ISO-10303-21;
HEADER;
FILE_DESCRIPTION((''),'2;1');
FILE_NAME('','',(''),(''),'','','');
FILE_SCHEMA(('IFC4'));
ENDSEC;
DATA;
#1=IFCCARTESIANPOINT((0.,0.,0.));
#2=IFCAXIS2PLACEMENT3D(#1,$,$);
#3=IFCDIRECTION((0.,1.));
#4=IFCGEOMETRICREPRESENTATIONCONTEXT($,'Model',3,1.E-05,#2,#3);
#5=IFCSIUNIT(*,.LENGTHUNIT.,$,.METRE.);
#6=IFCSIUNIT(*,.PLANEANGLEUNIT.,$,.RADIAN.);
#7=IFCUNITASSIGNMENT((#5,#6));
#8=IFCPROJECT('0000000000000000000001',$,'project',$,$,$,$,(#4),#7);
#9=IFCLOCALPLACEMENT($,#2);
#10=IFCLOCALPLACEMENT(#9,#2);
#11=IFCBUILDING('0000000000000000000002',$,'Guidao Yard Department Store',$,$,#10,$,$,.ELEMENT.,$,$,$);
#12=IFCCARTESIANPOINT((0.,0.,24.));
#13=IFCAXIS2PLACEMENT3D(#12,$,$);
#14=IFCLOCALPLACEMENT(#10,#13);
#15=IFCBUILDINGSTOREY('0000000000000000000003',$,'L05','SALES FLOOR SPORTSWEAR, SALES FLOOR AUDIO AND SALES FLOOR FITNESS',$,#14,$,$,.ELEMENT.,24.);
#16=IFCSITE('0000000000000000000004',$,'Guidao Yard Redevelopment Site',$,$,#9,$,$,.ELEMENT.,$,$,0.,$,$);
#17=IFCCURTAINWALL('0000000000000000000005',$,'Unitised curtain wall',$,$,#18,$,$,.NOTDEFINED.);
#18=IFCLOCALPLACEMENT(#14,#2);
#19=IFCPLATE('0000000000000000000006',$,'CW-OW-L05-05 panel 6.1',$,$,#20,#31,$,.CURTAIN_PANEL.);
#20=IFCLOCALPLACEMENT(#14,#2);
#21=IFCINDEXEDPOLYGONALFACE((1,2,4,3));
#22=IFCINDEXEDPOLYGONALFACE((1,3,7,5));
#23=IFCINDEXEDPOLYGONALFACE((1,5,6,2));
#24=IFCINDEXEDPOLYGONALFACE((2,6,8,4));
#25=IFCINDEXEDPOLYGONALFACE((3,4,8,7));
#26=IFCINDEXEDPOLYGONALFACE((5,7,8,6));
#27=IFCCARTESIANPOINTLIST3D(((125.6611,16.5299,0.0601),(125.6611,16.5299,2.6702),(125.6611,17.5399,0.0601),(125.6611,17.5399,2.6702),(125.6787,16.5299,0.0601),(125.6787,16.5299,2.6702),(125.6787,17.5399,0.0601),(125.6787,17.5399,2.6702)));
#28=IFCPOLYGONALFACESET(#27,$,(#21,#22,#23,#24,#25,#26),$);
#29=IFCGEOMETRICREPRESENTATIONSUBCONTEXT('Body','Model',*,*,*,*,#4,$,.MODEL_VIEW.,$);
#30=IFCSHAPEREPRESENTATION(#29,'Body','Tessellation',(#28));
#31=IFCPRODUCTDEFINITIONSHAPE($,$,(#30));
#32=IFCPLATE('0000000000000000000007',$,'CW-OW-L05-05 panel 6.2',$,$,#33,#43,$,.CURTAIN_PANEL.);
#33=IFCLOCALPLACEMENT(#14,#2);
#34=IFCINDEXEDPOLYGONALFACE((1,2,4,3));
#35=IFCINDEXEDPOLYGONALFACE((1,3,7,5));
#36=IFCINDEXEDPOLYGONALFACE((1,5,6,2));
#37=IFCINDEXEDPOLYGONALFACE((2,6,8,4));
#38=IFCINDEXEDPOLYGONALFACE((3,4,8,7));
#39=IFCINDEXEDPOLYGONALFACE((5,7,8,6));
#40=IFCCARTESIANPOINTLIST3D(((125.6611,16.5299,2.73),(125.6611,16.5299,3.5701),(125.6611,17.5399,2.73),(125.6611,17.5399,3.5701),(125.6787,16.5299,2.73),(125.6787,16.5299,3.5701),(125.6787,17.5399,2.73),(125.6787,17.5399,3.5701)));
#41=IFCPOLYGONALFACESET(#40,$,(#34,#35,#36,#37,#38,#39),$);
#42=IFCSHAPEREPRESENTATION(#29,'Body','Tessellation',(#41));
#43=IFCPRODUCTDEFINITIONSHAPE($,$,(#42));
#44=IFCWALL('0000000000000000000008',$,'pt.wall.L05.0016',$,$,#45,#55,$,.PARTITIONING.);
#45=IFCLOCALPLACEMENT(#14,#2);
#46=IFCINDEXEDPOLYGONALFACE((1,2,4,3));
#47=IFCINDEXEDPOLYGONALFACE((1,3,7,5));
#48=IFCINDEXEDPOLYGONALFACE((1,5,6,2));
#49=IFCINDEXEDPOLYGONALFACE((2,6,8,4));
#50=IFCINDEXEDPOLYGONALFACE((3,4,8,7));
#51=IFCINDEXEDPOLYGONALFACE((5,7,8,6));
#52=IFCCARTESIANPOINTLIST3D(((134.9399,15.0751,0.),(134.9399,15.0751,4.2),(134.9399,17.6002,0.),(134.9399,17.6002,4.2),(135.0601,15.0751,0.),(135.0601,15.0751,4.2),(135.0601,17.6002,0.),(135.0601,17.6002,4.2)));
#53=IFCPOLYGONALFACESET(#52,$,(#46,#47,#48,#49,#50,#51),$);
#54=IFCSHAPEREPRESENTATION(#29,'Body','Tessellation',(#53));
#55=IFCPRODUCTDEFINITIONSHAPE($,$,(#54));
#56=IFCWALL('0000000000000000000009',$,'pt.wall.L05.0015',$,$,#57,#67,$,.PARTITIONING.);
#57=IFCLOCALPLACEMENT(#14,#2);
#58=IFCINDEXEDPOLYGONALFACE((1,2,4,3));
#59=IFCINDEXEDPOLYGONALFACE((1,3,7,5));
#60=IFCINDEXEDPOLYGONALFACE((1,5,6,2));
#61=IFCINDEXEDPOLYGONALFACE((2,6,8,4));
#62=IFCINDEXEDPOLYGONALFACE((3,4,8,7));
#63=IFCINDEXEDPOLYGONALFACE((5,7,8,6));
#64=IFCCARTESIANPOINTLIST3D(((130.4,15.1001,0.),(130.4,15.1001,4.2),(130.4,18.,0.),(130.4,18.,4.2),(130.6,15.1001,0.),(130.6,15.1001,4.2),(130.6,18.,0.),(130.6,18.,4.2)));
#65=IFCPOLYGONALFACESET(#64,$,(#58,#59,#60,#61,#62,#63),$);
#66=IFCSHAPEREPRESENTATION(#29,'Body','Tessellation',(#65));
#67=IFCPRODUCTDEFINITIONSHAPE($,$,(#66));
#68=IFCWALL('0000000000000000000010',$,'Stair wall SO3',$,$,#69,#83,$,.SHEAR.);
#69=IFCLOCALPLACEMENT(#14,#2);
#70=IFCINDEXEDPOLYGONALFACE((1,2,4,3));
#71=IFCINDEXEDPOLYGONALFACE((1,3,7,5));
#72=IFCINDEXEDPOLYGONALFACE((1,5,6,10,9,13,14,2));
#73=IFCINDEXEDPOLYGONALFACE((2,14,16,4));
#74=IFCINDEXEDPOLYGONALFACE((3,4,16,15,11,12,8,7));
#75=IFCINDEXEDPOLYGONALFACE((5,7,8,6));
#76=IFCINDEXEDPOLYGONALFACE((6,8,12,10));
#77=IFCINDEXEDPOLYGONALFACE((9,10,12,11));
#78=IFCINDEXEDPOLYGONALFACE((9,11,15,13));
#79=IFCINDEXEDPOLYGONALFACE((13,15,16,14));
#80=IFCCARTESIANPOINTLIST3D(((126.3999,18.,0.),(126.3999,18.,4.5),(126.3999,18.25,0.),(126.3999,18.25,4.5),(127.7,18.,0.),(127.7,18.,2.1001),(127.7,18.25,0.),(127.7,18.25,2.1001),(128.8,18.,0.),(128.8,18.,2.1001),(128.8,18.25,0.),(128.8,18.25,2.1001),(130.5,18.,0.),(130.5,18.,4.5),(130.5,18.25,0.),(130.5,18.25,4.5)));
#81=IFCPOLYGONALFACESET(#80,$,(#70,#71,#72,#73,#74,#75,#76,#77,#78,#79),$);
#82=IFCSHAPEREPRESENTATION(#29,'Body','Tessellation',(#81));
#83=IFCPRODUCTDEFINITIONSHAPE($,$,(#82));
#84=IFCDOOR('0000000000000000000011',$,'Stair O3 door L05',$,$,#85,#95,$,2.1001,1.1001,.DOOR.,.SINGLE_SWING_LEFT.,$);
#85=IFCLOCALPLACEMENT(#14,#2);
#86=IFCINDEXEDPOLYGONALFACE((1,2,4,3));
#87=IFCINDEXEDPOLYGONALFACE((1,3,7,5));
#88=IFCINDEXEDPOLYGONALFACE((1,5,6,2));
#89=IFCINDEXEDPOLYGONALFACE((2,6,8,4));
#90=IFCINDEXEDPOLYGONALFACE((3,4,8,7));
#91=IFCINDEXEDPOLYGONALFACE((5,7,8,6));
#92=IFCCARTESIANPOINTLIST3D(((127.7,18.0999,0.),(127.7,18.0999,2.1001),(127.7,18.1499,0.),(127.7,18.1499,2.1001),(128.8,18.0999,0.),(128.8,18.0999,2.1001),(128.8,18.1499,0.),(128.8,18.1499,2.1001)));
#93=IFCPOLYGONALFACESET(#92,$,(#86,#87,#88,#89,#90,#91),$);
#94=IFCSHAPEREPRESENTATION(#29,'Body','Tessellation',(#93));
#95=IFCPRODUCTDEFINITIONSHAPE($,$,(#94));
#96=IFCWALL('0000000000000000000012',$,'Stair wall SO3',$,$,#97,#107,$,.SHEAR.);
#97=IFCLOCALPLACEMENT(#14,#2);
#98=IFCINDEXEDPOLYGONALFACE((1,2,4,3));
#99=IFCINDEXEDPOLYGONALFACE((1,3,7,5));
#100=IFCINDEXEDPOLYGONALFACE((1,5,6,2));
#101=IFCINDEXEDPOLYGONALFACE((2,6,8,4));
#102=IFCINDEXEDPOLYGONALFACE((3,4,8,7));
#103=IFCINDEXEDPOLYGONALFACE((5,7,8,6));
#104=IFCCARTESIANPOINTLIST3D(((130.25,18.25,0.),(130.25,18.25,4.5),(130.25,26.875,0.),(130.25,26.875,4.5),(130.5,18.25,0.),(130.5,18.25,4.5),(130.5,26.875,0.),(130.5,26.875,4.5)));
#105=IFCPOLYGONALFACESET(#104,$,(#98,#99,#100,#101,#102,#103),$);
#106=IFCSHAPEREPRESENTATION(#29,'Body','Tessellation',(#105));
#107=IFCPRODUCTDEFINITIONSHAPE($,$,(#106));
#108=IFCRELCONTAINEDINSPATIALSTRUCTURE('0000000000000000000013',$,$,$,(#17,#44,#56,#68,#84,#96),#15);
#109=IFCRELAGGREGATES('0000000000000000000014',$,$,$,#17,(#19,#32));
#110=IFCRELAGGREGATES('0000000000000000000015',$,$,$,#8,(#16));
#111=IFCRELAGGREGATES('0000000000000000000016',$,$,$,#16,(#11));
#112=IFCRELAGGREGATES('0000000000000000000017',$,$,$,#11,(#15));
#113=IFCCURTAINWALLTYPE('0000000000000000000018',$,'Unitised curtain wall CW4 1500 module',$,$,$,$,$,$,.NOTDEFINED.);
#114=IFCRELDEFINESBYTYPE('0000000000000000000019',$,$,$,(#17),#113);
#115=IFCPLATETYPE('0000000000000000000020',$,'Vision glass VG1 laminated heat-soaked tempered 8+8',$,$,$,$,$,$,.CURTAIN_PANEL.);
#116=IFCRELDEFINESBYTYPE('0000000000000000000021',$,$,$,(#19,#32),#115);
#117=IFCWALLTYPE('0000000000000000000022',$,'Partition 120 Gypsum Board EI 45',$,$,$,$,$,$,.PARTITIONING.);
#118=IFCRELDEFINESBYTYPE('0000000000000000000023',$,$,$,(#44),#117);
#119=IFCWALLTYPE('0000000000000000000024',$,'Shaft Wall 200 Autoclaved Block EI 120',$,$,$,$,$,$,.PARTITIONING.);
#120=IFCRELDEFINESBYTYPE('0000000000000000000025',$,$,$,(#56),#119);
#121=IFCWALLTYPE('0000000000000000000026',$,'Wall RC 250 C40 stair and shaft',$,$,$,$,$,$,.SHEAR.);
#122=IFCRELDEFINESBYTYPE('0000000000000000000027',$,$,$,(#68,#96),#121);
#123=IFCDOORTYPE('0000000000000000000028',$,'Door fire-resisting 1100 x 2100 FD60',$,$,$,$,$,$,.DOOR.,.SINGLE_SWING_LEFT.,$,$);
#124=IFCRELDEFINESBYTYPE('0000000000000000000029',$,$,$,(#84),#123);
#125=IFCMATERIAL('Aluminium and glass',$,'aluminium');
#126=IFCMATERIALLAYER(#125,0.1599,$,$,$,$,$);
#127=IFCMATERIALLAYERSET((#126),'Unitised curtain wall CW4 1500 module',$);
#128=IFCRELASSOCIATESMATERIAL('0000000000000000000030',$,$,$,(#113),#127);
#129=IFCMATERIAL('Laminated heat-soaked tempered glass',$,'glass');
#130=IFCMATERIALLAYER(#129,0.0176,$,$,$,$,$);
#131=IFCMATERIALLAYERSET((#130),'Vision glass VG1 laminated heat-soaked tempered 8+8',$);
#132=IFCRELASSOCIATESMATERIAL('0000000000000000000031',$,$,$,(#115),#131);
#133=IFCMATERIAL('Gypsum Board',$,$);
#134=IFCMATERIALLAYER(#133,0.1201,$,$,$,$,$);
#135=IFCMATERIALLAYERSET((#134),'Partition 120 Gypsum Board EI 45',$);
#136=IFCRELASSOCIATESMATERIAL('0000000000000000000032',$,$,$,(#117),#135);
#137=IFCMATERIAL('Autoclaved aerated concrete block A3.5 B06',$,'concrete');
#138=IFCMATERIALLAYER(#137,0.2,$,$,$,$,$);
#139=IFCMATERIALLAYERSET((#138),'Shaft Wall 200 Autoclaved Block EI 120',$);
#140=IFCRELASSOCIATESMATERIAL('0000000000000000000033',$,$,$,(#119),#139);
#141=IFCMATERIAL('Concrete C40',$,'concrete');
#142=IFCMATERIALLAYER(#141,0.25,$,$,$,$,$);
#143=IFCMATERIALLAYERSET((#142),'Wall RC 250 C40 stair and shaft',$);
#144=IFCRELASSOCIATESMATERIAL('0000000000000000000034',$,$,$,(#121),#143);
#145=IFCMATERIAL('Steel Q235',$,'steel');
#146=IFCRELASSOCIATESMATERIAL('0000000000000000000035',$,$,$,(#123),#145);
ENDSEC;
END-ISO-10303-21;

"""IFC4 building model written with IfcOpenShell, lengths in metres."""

from ifc_helpers import new_model, si_unit, direction, frame, frame_2d, origin, origin_2d, place, context, subcontext, project, spatial, rectangle, extrude, material, layer, layer_set, type_object, element, fill, aggregate, save


model = new_model("IFC4")

# Units and contexts
model_context = context("Model", 3, precision=1e-05, world=origin(), true_north=direction((0.0, 1.0)))
body_context = subcontext(model_context, "Body", "Model", "MODEL_VIEW")
ifc_project = project(units=[si_unit("LENGTHUNIT", "METRE"), si_unit("PLANEANGLEUNIT", "RADIAN")], contexts=[model_context])

# Site, building, storey
site_placement = place(None, origin())
site = spatial("IfcSite", under=ifc_project, at=site_placement, Name="Guidao Yard Redevelopment Site", CompositionType="ELEMENT", RefElevation=0.0)
building_placement = place(site_placement, origin())
building = spatial("IfcBuilding", under=site, at=building_placement, Name="Guidao Yard Department Store", CompositionType="ELEMENT")
storey_placement = place(building_placement, frame((0.0, 0.0, 24.0)))
storey = spatial("IfcBuildingStorey", under=building, at=storey_placement, Name="L05", Description="SALES FLOOR SPORTSWEAR, SALES FLOOR AUDIO AND SALES FLOOR FITNESS", CompositionType="ELEMENT", Elevation=24.0)

# Curtain wall, plates
ifc_material_1 = material(Name="Aluminium and glass", Category="aluminium")
ifc_layer_1 = layer(ifc_material_1, 0.1599)
ifc_layer_set_1 = layer_set([ifc_layer_1], Name="Unitised curtain wall CW4 1500 module")
curtain_wall_type = type_object("IfcCurtainWallType", Name="Unitised curtain wall CW4 1500 module", PredefinedType="NOTDEFINED", material=ifc_layer_set_1)
curtain_wall_placement = place(storey_placement, origin())
curtain_wall = element("IfcCurtainWall", 1, at=curtain_wall_placement, inside=storey, type_object=curtain_wall_type, Name="Unitised curtain wall", PredefinedType="NOTDEFINED")
ifc_material_2 = material(Name="Laminated heat-soaked tempered glass", Category="glass")
ifc_layer_2 = layer(ifc_material_2, 0.0176)
ifc_layer_set_2 = layer_set([ifc_layer_2], Name="Vision glass VG1 laminated heat-soaked tempered 8+8")
plate_type_1 = type_object("IfcPlateType", Name="Vision glass VG1 laminated heat-soaked tempered 8+8", PredefinedType="CURTAIN_PANEL", material=ifc_layer_set_2)
plate_1_placement = place(storey_placement, frame((125.6699, 17.0349, 0.0601), z_axis=(0.0, 0.0, 1.0), x_axis=(0.0, 1.0, 0.0)))
plate_1 = element("IfcPlate", 2, at=plate_1_placement, type_object=plate_type_1, Name="CW-OW-L05-05 panel 6.1", PredefinedType="CURTAIN_PANEL", context=body_context, shape_type="SweptSolid", body=[
    extrude(rectangle(XDim=1.01, YDim=0.0176, at=origin_2d()), origin(), (0.0, 0.0, 1.0), 2.6101),
])
plate_2_placement = place(storey_placement, frame((125.6699, 17.0349, 2.73), z_axis=(0.0, 0.0, 1.0), x_axis=(0.0, 1.0, 0.0)))
plate_2 = element("IfcPlate", 3, at=plate_2_placement, type_object=plate_type_1, Name="CW-OW-L05-05 panel 6.2", PredefinedType="CURTAIN_PANEL", context=body_context, shape_type="SweptSolid", body=[
    extrude(rectangle(XDim=1.01, YDim=0.0176, at=origin_2d()), origin(), (0.0, 0.0, 1.0), 0.8401),
])
aggregate(curtain_wall, [plate_1, plate_2])

# Walls
ifc_material_3 = material(Name="Gypsum Board")
ifc_layer_3 = layer(ifc_material_3, 0.1201)
ifc_layer_set_3 = layer_set([ifc_layer_3], Name="Partition 120 Gypsum Board EI 45")
wall_type_1 = type_object("IfcWallType", Name="Partition 120 Gypsum Board EI 45", PredefinedType="PARTITIONING", material=ifc_layer_set_3)
wall_1_placement = place(storey_placement, frame((135.0, 15.075, 0.0), z_axis=(0.0, 0.0, 1.0), x_axis=(0.0, 1.0, 0.0)))
element("IfcWall", 4, at=wall_1_placement, inside=storey, type_object=wall_type_1, Name="pt.wall.L05.0016", PredefinedType="PARTITIONING", context=body_context, shape_type="SweptSolid", body=[
    extrude(rectangle(XDim=2.5251, YDim=0.1201, at=frame_2d((1.2627, 0.0))), origin(), (0.0, 0.0, 1.0), 4.2),
])
ifc_material_4 = material(Name="Autoclaved aerated concrete block A3.5 B06", Category="concrete")
ifc_layer_4 = layer(ifc_material_4, 0.2)
ifc_layer_set_4 = layer_set([ifc_layer_4], Name="Shaft Wall 200 Autoclaved Block EI 120")
wall_type_2 = type_object("IfcWallType", Name="Shaft Wall 200 Autoclaved Block EI 120", PredefinedType="PARTITIONING", material=ifc_layer_set_4)
wall_2_placement = place(storey_placement, frame((130.5, 15.1001, 0.0), z_axis=(0.0, 0.0, 1.0), x_axis=(0.0, 1.0, 0.0)))
element("IfcWall", 5, at=wall_2_placement, inside=storey, type_object=wall_type_2, Name="pt.wall.L05.0015", PredefinedType="PARTITIONING", context=body_context, shape_type="SweptSolid", body=[
    extrude(rectangle(XDim=2.8999, YDim=0.2, at=frame_2d((1.45, 0.0))), origin(), (0.0, 0.0, 1.0), 4.2),
])

# Wall, opening, door
ifc_material_5 = material(Name="Concrete C40", Category="concrete")
ifc_layer_5 = layer(ifc_material_5, 0.25)
ifc_layer_set_5 = layer_set([ifc_layer_5], Name="Wall RC 250 C40 stair and shaft")
wall_type_3 = type_object("IfcWallType", Name="Wall RC 250 C40 stair and shaft", PredefinedType="SHEAR", material=ifc_layer_set_5)
wall_3_placement = place(storey_placement, frame((126.3999, 18.125, 0.0), z_axis=(0.0, 0.0, 1.0), x_axis=(1.0, 0.0, 0.0)))
wall_3 = element("IfcWall", 6, at=wall_3_placement, inside=storey, type_object=wall_type_3, Name="Stair wall SO3", PredefinedType="SHEAR", context=body_context, shape_type="SweptSolid", body=[
    extrude(rectangle(XDim=4.1001, YDim=0.25, at=frame_2d((2.05, 0.0))), origin(), (0.0, 0.0, 1.0), 4.5),
])
opening_placement = place(wall_3_placement, frame((1.3, 0.0, 0.0)))
opening = element("IfcOpeningElement", 7, at=opening_placement, cuts=wall_3, PredefinedType="OPENING", context=body_context, shape_type="SweptSolid", body=[
    extrude(rectangle(XDim=1.1001, YDim=2.1001, at=frame_2d((0.55, 1.05))), frame((0.0, 0.135, 0.0), z_axis=(0.0, -1.0, 0.0), x_axis=(1.0, 0.0, 0.0)), (0.0, 0.0, 1.0), 0.27),
])
ifc_material_6 = material(Name="Steel Q235", Category="steel")
door_type = type_object("IfcDoorType", Name="Door fire-resisting 1100 x 2100 FD60", OperationType="SINGLE_SWING_LEFT", PredefinedType="DOOR", material=ifc_material_6)
door_placement = place(opening_placement, origin())
door = element("IfcDoor", 8, at=door_placement, inside=storey, type_object=door_type, Name="Stair O3 door L05", OperationType="SINGLE_SWING_LEFT", OverallHeight=2.1001, OverallWidth=1.1001, PredefinedType="DOOR", context=body_context, shape_type="SweptSolid", body=[
    extrude(rectangle(XDim=1.1001, YDim=2.1001, at=frame_2d((0.55, 1.05))), frame((0.0, 0.0249, 0.0), z_axis=(0.0, -1.0, 0.0), x_axis=(1.0, 0.0, 0.0)), (0.0, 0.0, 1.0), 0.05),
])
fill(opening, door)

# Wall
wall_4_placement = place(storey_placement, frame((130.375, 18.25, 0.0), z_axis=(0.0, 0.0, 1.0), x_axis=(0.0, 1.0, 0.0)))
element("IfcWall", 9, at=wall_4_placement, inside=storey, type_object=wall_type_3, Name="Stair wall SO3", PredefinedType="SHEAR", context=body_context, shape_type="SweptSolid", body=[
    extrude(rectangle(XDim=8.625, YDim=0.25, at=frame_2d((4.3125, 0.0))), origin(), (0.0, 0.0, 1.0), 4.5),
])

save(model, "model.ifc")
